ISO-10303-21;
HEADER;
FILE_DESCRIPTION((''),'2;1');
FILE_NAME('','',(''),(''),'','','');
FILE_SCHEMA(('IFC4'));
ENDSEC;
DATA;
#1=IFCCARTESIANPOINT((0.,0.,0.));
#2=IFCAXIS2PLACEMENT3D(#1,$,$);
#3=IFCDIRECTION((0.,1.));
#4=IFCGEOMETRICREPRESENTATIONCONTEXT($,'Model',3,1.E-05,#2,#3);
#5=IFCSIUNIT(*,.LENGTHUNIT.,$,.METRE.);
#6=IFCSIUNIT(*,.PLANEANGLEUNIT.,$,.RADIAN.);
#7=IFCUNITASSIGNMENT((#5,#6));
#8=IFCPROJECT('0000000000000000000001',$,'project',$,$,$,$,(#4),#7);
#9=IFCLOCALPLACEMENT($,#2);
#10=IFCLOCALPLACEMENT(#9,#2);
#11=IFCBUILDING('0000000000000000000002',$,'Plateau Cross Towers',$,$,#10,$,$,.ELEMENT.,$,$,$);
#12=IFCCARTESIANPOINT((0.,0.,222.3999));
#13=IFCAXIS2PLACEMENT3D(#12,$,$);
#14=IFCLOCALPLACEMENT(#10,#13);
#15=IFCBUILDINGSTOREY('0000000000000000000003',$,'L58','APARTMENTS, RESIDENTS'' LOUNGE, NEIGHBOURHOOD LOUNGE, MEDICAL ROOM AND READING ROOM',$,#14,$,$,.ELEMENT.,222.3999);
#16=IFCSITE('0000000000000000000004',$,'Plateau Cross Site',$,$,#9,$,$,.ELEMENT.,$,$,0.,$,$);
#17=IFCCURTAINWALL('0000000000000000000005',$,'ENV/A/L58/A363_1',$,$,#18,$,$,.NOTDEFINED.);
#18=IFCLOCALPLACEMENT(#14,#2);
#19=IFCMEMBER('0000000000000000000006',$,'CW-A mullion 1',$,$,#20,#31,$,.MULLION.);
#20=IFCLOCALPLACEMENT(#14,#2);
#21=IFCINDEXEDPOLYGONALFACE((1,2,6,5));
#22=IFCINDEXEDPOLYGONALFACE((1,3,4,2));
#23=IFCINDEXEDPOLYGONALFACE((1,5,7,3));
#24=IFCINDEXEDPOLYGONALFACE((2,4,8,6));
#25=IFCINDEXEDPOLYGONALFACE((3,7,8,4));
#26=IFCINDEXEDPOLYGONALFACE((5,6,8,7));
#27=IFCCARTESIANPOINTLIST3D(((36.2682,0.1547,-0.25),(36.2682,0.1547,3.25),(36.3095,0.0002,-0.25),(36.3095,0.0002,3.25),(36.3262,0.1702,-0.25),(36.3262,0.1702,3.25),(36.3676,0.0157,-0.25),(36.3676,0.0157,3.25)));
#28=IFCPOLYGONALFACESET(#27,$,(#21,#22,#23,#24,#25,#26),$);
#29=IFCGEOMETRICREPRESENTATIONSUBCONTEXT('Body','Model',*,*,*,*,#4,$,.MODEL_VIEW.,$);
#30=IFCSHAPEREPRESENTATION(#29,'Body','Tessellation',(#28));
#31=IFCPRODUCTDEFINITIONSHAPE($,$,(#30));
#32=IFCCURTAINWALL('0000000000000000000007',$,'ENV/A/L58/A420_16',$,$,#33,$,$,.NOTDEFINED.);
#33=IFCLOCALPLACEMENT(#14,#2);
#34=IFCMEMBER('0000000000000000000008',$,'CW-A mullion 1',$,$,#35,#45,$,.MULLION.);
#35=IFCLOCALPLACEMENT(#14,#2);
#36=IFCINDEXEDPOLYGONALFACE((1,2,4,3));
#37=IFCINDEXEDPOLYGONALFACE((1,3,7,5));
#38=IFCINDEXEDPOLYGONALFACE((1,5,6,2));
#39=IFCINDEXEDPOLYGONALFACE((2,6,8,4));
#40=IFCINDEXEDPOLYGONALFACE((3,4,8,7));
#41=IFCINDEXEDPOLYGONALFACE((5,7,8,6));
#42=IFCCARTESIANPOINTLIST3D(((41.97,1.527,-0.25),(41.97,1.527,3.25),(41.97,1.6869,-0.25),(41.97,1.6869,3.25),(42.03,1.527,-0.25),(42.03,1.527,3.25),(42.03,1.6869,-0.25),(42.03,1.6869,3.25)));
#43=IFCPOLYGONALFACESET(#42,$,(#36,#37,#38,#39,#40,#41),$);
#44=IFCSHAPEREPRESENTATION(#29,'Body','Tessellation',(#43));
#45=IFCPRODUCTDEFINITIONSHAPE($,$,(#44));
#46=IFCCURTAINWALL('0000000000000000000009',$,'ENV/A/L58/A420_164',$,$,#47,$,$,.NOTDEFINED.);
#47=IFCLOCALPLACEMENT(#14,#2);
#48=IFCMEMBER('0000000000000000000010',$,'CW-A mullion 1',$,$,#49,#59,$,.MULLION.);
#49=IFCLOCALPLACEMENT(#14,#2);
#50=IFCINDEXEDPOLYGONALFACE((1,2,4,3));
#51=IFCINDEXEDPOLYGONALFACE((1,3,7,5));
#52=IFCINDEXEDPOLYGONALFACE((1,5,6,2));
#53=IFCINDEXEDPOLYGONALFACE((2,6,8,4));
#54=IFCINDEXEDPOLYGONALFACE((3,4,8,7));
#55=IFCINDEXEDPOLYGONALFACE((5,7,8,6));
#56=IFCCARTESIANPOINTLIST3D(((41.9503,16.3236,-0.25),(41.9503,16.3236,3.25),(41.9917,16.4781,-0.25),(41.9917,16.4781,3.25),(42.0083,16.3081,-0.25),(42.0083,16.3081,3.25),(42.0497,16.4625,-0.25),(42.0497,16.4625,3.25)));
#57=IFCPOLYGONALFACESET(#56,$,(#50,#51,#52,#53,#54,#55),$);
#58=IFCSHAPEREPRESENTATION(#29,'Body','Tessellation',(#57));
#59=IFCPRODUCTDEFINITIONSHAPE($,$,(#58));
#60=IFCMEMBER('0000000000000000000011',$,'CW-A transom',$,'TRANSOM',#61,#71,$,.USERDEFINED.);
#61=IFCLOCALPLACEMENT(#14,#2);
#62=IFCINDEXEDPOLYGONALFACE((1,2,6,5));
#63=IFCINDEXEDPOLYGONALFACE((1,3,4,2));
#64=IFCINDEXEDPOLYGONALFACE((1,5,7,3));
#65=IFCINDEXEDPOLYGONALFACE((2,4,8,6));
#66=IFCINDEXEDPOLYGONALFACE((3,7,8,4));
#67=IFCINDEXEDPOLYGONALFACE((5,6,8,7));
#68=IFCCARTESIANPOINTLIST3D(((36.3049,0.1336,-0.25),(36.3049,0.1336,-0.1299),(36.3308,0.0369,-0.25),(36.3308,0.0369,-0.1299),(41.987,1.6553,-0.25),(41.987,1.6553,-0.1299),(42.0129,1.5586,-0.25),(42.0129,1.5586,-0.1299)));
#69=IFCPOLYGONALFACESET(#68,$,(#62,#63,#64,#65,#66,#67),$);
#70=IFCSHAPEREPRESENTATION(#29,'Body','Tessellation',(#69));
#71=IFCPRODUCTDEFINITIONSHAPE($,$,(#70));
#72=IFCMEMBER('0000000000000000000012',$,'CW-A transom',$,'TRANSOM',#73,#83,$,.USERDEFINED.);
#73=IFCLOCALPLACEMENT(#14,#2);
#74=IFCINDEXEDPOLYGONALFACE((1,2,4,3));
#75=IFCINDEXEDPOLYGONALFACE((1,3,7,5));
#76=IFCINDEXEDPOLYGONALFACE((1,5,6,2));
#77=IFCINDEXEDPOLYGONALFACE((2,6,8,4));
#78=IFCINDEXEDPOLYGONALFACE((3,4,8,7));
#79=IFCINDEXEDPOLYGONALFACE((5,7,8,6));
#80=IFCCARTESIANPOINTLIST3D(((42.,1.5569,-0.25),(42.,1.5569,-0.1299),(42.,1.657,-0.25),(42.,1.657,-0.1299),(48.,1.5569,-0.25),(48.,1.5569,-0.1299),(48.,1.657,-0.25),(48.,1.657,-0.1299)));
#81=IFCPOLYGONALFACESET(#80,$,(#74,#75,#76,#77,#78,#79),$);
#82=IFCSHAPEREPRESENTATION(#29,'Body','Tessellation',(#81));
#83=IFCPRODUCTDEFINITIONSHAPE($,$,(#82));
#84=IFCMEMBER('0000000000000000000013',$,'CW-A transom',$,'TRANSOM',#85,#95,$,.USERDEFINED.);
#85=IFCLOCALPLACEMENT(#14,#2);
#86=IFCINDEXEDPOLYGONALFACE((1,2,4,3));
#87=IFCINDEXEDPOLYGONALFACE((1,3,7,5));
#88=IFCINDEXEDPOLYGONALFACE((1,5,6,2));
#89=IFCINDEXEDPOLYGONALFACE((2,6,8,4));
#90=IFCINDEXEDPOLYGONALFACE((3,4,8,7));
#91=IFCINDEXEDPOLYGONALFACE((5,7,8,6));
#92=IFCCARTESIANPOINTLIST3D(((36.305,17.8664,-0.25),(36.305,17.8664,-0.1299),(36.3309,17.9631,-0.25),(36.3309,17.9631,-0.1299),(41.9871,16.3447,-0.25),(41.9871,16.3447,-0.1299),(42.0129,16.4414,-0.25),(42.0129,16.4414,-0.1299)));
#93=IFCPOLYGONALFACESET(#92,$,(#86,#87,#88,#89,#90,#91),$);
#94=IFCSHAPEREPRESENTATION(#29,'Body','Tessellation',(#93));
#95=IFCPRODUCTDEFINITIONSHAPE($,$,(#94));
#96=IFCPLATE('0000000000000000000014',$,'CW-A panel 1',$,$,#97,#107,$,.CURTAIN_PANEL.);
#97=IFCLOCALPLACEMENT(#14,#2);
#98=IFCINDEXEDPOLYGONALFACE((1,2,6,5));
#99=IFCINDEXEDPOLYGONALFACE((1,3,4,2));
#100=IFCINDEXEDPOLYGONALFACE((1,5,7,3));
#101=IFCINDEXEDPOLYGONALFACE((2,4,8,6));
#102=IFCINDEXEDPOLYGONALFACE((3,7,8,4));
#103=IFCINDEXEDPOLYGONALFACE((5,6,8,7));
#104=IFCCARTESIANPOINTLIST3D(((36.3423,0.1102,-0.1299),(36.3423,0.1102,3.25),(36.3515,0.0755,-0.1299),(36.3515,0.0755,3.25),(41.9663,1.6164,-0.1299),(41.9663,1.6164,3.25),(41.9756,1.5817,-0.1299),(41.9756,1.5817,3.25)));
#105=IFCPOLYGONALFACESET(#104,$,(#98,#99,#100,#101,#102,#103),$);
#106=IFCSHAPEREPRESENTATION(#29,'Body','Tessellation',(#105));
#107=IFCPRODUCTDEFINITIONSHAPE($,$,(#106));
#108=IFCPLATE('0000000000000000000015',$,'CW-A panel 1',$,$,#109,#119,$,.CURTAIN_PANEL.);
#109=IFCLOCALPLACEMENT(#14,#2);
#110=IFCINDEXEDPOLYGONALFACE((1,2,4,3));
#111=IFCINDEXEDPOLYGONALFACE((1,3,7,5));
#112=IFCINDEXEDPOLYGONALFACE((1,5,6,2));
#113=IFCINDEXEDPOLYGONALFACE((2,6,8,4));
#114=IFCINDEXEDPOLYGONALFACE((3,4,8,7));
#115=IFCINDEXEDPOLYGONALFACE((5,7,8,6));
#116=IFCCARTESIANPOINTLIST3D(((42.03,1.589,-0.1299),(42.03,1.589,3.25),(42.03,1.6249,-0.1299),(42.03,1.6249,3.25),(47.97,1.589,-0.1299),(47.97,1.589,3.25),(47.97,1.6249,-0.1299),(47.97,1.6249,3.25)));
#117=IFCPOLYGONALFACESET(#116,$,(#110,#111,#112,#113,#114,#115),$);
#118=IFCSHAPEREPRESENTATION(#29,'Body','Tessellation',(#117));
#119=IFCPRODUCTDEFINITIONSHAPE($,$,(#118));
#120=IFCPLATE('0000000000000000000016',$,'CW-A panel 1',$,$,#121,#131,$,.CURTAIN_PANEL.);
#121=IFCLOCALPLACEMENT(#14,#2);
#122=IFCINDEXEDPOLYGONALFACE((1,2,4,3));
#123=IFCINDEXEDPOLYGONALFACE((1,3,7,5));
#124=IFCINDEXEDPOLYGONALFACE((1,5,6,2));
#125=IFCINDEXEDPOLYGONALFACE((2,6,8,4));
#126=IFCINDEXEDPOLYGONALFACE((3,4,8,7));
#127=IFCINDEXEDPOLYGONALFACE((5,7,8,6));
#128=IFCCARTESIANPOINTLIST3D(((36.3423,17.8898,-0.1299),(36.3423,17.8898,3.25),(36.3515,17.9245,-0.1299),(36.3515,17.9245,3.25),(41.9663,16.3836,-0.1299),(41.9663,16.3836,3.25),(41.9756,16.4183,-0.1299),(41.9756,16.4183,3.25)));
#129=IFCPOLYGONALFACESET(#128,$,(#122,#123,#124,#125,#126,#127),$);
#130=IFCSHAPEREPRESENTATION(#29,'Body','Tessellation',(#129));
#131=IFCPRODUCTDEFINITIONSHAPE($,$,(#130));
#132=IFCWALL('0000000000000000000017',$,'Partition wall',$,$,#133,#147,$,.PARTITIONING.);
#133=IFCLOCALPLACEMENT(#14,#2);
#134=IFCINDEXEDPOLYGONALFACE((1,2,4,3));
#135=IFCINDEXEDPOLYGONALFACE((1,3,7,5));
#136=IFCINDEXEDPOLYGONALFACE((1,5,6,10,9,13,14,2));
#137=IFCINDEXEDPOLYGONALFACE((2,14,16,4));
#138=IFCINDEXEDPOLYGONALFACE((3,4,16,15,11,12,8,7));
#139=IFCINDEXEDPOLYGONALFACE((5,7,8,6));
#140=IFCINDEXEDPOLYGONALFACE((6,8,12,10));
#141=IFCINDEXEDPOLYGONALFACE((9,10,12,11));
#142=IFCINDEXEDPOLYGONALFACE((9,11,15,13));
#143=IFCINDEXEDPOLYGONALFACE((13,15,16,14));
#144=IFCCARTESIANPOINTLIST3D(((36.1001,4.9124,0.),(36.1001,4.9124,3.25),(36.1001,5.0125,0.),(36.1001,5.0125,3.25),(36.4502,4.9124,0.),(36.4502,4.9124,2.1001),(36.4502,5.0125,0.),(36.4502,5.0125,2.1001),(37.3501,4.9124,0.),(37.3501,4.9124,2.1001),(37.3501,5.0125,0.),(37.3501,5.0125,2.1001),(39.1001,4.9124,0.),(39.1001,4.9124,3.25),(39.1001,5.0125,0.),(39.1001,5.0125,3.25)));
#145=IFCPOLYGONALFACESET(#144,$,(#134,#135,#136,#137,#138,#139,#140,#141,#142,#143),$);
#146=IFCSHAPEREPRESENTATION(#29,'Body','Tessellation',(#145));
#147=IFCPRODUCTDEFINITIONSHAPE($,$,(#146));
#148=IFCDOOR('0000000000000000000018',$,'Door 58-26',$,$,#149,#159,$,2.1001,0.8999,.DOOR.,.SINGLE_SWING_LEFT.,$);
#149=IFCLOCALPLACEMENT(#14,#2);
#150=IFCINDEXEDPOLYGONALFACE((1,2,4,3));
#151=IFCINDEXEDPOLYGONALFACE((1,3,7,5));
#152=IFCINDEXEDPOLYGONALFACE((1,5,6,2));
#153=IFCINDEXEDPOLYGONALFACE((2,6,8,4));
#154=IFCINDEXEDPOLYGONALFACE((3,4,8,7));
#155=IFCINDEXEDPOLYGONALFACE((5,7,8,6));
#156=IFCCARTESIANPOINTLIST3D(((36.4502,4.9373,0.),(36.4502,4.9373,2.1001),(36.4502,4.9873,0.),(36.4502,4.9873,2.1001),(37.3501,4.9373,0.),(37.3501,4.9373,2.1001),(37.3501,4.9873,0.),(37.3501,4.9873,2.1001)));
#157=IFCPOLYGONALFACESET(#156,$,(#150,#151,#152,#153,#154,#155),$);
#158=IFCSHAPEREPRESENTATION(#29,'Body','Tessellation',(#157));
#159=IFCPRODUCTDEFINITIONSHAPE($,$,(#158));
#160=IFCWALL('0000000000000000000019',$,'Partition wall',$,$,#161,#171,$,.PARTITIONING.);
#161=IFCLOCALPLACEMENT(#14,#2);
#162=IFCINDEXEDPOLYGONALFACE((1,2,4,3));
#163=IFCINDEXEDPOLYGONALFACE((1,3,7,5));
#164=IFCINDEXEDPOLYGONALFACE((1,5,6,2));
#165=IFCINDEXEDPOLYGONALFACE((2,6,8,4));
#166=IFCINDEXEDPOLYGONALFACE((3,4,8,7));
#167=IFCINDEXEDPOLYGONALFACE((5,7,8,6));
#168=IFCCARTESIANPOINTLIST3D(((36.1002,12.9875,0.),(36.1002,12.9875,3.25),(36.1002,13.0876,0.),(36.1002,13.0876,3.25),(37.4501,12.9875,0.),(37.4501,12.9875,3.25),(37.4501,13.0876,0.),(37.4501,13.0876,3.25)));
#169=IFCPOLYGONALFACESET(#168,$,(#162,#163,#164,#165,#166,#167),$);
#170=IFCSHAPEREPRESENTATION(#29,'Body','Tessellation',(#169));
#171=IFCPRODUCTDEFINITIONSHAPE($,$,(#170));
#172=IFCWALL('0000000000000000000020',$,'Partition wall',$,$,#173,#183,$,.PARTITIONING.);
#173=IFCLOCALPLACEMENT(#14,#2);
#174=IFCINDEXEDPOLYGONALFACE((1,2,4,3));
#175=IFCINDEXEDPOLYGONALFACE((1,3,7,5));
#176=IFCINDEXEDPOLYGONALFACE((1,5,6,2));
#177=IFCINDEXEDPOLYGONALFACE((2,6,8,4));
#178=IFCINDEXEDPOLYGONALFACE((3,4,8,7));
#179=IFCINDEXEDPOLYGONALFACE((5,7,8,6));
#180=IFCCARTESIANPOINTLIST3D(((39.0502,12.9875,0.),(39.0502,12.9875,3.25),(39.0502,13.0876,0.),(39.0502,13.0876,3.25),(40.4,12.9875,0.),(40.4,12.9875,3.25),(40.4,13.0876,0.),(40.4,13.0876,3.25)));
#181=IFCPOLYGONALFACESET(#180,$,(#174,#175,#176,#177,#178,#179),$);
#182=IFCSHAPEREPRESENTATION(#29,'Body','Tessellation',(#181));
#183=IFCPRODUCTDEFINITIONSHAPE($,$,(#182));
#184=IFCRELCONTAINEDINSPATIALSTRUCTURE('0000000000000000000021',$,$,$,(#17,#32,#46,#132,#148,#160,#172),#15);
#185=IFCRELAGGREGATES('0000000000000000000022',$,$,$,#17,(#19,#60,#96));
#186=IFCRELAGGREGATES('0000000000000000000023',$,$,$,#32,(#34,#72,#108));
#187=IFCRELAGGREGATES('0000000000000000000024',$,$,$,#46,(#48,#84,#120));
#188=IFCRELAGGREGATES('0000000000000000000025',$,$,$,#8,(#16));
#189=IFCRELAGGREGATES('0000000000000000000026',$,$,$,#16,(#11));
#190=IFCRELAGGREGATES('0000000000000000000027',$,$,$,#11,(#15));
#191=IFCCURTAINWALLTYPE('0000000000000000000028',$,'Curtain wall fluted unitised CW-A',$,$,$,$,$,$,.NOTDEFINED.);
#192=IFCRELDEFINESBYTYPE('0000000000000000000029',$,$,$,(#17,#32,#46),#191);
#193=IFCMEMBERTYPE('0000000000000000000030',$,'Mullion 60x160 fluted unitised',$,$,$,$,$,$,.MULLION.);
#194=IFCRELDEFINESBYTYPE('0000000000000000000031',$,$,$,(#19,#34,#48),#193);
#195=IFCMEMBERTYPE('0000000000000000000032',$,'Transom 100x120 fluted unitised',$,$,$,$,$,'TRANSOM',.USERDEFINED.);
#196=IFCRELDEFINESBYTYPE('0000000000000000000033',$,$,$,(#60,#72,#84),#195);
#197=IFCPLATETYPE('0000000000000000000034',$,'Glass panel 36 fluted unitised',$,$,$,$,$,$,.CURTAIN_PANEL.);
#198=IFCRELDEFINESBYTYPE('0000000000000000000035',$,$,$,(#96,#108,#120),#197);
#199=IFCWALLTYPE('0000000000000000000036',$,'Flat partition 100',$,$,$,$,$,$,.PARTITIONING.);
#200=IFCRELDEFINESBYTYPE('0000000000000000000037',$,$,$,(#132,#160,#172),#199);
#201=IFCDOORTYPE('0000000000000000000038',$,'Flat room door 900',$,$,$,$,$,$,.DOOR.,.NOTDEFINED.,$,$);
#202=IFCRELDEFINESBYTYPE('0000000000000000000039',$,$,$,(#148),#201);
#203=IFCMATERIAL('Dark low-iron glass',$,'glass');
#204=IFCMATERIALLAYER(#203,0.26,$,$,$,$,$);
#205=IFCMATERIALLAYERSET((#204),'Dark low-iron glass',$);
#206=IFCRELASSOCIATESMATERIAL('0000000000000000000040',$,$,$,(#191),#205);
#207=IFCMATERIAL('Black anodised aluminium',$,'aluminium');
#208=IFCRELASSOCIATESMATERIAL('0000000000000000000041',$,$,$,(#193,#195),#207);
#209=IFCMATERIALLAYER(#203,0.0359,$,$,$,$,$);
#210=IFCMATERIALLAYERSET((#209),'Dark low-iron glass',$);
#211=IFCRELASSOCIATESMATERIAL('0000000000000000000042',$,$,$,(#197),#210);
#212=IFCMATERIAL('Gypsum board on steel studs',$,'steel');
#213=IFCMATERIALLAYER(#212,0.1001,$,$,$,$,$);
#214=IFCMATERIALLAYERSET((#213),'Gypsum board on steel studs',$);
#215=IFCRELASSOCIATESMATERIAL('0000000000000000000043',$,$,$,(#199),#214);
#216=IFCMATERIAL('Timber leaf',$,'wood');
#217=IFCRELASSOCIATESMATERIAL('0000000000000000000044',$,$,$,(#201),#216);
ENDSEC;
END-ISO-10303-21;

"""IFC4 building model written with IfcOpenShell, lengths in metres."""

from ifc_helpers import new_model, si_unit, direction, frame, frame_2d, origin, origin_2d, place, context, subcontext, project, spatial, rectangle, extrude, material, layer, layer_set, material_profile, profile_set, type_object, element, fill, aggregate, save


model = new_model("IFC4")

# Units and contexts
model_context = context("Model", 3, precision=1e-05, world=origin(), true_north=direction((0.0, 1.0)))
body_context = subcontext(model_context, "Body", "Model", "MODEL_VIEW")
ifc_project = project(units=[si_unit("LENGTHUNIT", "METRE"), si_unit("PLANEANGLEUNIT", "RADIAN")], contexts=[model_context])

# Site, building, storey
site_placement = place(None, origin())
site = spatial("IfcSite", under=ifc_project, at=site_placement, Name="Plateau Cross Site", CompositionType="ELEMENT", RefElevation=0.0)
building_placement = place(site_placement, origin())
building = spatial("IfcBuilding", under=site, at=building_placement, Name="Plateau Cross Towers", CompositionType="ELEMENT")
storey_placement = place(building_placement, frame((0.0, 0.0, 222.3999)))
storey = spatial("IfcBuildingStorey", under=building, at=storey_placement, Name="L58", Description="APARTMENTS, RESIDENTS' LOUNGE, NEIGHBOURHOOD LOUNGE, MEDICAL ROOM AND READING ROOM", CompositionType="ELEMENT", Elevation=222.3999)

# Curtain walls, members
ifc_material_1 = material(Name="Dark low-iron glass", Category="glass")
ifc_layer_1 = layer(ifc_material_1, 0.26)
ifc_layer_set_1 = layer_set([ifc_layer_1], Name="Dark low-iron glass")
curtain_wall_type = type_object("IfcCurtainWallType", Name="Curtain wall fluted unitised CW-A", PredefinedType="NOTDEFINED", material=ifc_layer_set_1)
curtain_wall_1_placement = place(storey_placement, origin())
curtain_wall_1 = element("IfcCurtainWall", 1, at=curtain_wall_1_placement, inside=storey, type_object=curtain_wall_type, Name="ENV/A/L58/A363_1", PredefinedType="NOTDEFINED")
ifc_material_2 = material(Name="Black anodised aluminium", Category="aluminium")
ifc_material_profile_1 = material_profile(ifc_material_2, rectangle(XDim=0.0601, YDim=0.1599, at=origin_2d()), Name="MULLION 60x160")
ifc_profile_set_1 = profile_set([ifc_material_profile_1], Name="Black anodised aluminium")
member_type_1 = type_object("IfcMemberType", Name="Mullion 60x160 fluted unitised", PredefinedType="MULLION", material=ifc_profile_set_1)
member_1_placement = place(storey_placement, frame((36.3179, 0.0852, -0.25), z_axis=(0.0, 0.0, 1.0), x_axis=(0.965958, 0.258699, 0.0)))
member_1 = element("IfcMember", 2, at=member_1_placement, type_object=member_type_1, Name="CW-A mullion 1", PredefinedType="MULLION", context=body_context, shape_type="SweptSolid", body=[
    extrude(rectangle(XDim=0.0601, YDim=0.1599, at=origin_2d()), origin(), (0.0, 0.0, 1.0), 3.5),
])
curtain_wall_2_placement = place(storey_placement, origin())
curtain_wall_2 = element("IfcCurtainWall", 3, at=curtain_wall_2_placement, inside=storey, type_object=curtain_wall_type, Name="ENV/A/L58/A420_16", PredefinedType="NOTDEFINED")
member_2_placement = place(storey_placement, frame((42.0, 1.6069, -0.25), z_axis=(0.0, 0.0, 1.0), x_axis=(1.0, 0.0, 0.0)))
member_2 = element("IfcMember", 4, at=member_2_placement, type_object=member_type_1, Name="CW-A mullion 1", PredefinedType="MULLION", context=body_context, shape_type="SweptSolid", body=[
    extrude(rectangle(XDim=0.0601, YDim=0.1599, at=origin_2d()), origin(), (0.0, 0.0, 1.0), 3.5),
])
curtain_wall_3_placement = place(storey_placement, origin())
curtain_wall_3 = element("IfcCurtainWall", 5, at=curtain_wall_3_placement, inside=storey, type_object=curtain_wall_type, Name="ENV/A/L58/A420_164", PredefinedType="NOTDEFINED")
member_3_placement = place(storey_placement, frame((42.0, 16.3931, -0.25), z_axis=(0.0, 0.0, 1.0), x_axis=(-0.965958, 0.258699, 0.0)))
member_3 = element("IfcMember", 6, at=member_3_placement, type_object=member_type_1, Name="CW-A mullion 1", PredefinedType="MULLION", context=body_context, shape_type="SweptSolid", body=[
    extrude(rectangle(XDim=0.0601, YDim=0.1599, at=origin_2d()), origin(), (0.0, 0.0, 1.0), 3.5),
])

# Members
ifc_material_profile_2 = material_profile(ifc_material_2, rectangle(XDim=0.1001, YDim=0.1201, at=origin_2d()), Name="TRANSOM 100x120")
ifc_profile_set_2 = profile_set([ifc_material_profile_2], Name="Black anodised aluminium")
member_type_2 = type_object("IfcMemberType", Name="Transom 100x120 fluted unitised", ElementType="TRANSOM", PredefinedType="USERDEFINED", material=ifc_profile_set_2)
member_4_placement = place(storey_placement, frame((36.3179, 0.0852, -0.1899), z_axis=(0.96596, 0.258693, 0.0), x_axis=(-0.258693, 0.96596, 0.0)))
member_4 = element("IfcMember", 7, at=member_4_placement, type_object=member_type_2, Name="CW-A transom", ObjectType="TRANSOM", PredefinedType="USERDEFINED", context=body_context, shape_type="SweptSolid", body=[
    extrude(rectangle(XDim=0.1001, YDim=0.1201, at=origin_2d()), origin(), (0.0, 0.0, 1.0), 5.8823),
])
member_5_placement = place(storey_placement, frame((42.0, 1.6069, -0.1899), z_axis=(1.0, 0.0, 0.0), x_axis=(0.0, 1.0, 0.0)))
member_5 = element("IfcMember", 8, at=member_5_placement, type_object=member_type_2, Name="CW-A transom", ObjectType="TRANSOM", PredefinedType="USERDEFINED", context=body_context, shape_type="SweptSolid", body=[
    extrude(rectangle(XDim=0.1001, YDim=0.1201, at=origin_2d()), origin(), (0.0, 0.0, 1.0), 6.0),
])
member_6_placement = place(storey_placement, frame((42.0, 16.3931, -0.1899), z_axis=(-0.96596, 0.258693, 0.0), x_axis=(-0.258693, -0.96596, 0.0)))
member_6 = element("IfcMember", 9, at=member_6_placement, type_object=member_type_2, Name="CW-A transom", ObjectType="TRANSOM", PredefinedType="USERDEFINED", context=body_context, shape_type="SweptSolid", body=[
    extrude(rectangle(XDim=0.1001, YDim=0.1201, at=origin_2d()), origin(), (0.0, 0.0, 1.0), 5.8823),
])

# Plates
ifc_layer_2 = layer(ifc_material_1, 0.0359)
ifc_layer_set_2 = layer_set([ifc_layer_2], Name="Dark low-iron glass")
plate_type = type_object("IfcPlateType", Name="Glass panel 36 fluted unitised", PredefinedType="CURTAIN_PANEL", material=ifc_layer_set_2)
plate_1_placement = place(storey_placement, frame((39.1589, 0.8459, -0.1299), z_axis=(0.0, 0.0, 1.0), x_axis=(0.965958, 0.258699, 0.0)))
plate_1 = element("IfcPlate", 10, at=plate_1_placement, type_object=plate_type, Name="CW-A panel 1", PredefinedType="CURTAIN_PANEL", context=body_context, shape_type="SweptSolid", body=[
    extrude(rectangle(XDim=5.8223, YDim=0.0359, at=origin_2d()), origin(), (0.0, 0.0, 1.0), 3.3799),
])
aggregate(curtain_wall_1, [member_1, member_4, plate_1])
plate_2_placement = place(storey_placement, frame((45.0, 1.6069, -0.1299), z_axis=(0.0, 0.0, 1.0), x_axis=(1.0, 0.0, 0.0)))
plate_2 = element("IfcPlate", 11, at=plate_2_placement, type_object=plate_type, Name="CW-A panel 1", PredefinedType="CURTAIN_PANEL", context=body_context, shape_type="SweptSolid", body=[
    extrude(rectangle(XDim=5.9399, YDim=0.0359, at=origin_2d()), origin(), (0.0, 0.0, 1.0), 3.3799),
])
aggregate(curtain_wall_2, [member_2, member_5, plate_2])
plate_3_placement = place(storey_placement, frame((39.1589, 17.1541, -0.1299), z_axis=(0.0, 0.0, 1.0), x_axis=(-0.965958, 0.258699, 0.0)))
plate_3 = element("IfcPlate", 12, at=plate_3_placement, type_object=plate_type, Name="CW-A panel 1", PredefinedType="CURTAIN_PANEL", context=body_context, shape_type="SweptSolid", body=[
    extrude(rectangle(XDim=5.8223, YDim=0.0359, at=origin_2d()), origin(), (0.0, 0.0, 1.0), 3.3799),
])
aggregate(curtain_wall_3, [member_3, member_6, plate_3])

# Wall, opening, door
ifc_material_3 = material(Name="Gypsum board on steel studs", Category="steel")
ifc_layer_3 = layer(ifc_material_3, 0.1001)
ifc_layer_set_3 = layer_set([ifc_layer_3], Name="Gypsum board on steel studs")
wall_type_1 = type_object("IfcWallType", Name="Flat partition 100", PredefinedType="PARTITIONING", material=ifc_layer_set_3)
wall_1_placement = place(storey_placement, frame((36.1001, 4.9624, 0.0), z_axis=(0.0, 0.0, 1.0), x_axis=(1.0, 0.0, 0.0)))
wall_1 = element("IfcWall", 13, at=wall_1_placement, inside=storey, type_object=wall_type_1, Name="Partition wall", PredefinedType="PARTITIONING", context=body_context, shape_type="SweptSolid", body=[
    extrude(rectangle(XDim=3.0, YDim=0.1001, at=frame_2d((1.5, 0.0))), origin(), (0.0, 0.0, 1.0), 3.25),
])
opening_1_placement = place(wall_1_placement, frame((0.3501, 0.0, 0.0)))
opening_1 = element("IfcOpeningElement", 14, at=opening_1_placement, cuts=wall_1, PredefinedType="OPENING", context=body_context, shape_type="SweptSolid", body=[
    extrude(rectangle(XDim=0.8999, YDim=2.1001, at=frame_2d((0.45, 1.05))), frame((0.0, 0.0601, 0.0), z_axis=(0.0, -1.0, 0.0), x_axis=(1.0, 0.0, 0.0)), (0.0, 0.0, 1.0), 0.1201),
])
ifc_material_4 = material(Name="Timber leaf", Category="wood")
door_type = type_object("IfcDoorType", Name="Flat room door 900", OperationType="NOTDEFINED", PredefinedType="DOOR", material=ifc_material_4)
door_1_placement = place(opening_1_placement, origin())
door_1 = element("IfcDoor", 15, at=door_1_placement, inside=storey, type_object=door_type, Name="Door 58-26", OperationType="SINGLE_SWING_LEFT", OverallHeight=2.1001, OverallWidth=0.8999, PredefinedType="DOOR", context=body_context, shape_type="SweptSolid", body=[
    extrude(rectangle(XDim=0.8999, YDim=2.1001, at=frame_2d((0.45, 1.05))), frame((0.0, 0.0249, 0.0), z_axis=(0.0, -1.0, 0.0), x_axis=(1.0, 0.0, 0.0)), (0.0, 0.0, 1.0), 0.05),
])
fill(opening_1, door_1)

# Walls
for number, where, z_axis, x_axis, name in (
    (16, (37.45, 13.0376, 0.0), (0.0, 0.0, 1.0), (-1.0, 0.0, 0.0), "Partition wall"),
    (17, (40.3999, 13.0376, 0.0), (0.0, 0.0, 1.0), (-1.0, 0.0, 0.0), "Partition wall"),
):
    element("IfcWall", number, at=place(storey_placement, frame(where, z_axis=z_axis, x_axis=x_axis)), inside=storey, type_object=wall_type_1, Name=name, PredefinedType="PARTITIONING", context=body_context, shape_type="SweptSolid", body=[
        extrude(rectangle(XDim=1.3499, YDim=0.1001, at=frame_2d((0.6748, 0.0))), origin(), (0.0, 0.0, 1.0), 3.25),
    ])

save(model, "model.ifc")
